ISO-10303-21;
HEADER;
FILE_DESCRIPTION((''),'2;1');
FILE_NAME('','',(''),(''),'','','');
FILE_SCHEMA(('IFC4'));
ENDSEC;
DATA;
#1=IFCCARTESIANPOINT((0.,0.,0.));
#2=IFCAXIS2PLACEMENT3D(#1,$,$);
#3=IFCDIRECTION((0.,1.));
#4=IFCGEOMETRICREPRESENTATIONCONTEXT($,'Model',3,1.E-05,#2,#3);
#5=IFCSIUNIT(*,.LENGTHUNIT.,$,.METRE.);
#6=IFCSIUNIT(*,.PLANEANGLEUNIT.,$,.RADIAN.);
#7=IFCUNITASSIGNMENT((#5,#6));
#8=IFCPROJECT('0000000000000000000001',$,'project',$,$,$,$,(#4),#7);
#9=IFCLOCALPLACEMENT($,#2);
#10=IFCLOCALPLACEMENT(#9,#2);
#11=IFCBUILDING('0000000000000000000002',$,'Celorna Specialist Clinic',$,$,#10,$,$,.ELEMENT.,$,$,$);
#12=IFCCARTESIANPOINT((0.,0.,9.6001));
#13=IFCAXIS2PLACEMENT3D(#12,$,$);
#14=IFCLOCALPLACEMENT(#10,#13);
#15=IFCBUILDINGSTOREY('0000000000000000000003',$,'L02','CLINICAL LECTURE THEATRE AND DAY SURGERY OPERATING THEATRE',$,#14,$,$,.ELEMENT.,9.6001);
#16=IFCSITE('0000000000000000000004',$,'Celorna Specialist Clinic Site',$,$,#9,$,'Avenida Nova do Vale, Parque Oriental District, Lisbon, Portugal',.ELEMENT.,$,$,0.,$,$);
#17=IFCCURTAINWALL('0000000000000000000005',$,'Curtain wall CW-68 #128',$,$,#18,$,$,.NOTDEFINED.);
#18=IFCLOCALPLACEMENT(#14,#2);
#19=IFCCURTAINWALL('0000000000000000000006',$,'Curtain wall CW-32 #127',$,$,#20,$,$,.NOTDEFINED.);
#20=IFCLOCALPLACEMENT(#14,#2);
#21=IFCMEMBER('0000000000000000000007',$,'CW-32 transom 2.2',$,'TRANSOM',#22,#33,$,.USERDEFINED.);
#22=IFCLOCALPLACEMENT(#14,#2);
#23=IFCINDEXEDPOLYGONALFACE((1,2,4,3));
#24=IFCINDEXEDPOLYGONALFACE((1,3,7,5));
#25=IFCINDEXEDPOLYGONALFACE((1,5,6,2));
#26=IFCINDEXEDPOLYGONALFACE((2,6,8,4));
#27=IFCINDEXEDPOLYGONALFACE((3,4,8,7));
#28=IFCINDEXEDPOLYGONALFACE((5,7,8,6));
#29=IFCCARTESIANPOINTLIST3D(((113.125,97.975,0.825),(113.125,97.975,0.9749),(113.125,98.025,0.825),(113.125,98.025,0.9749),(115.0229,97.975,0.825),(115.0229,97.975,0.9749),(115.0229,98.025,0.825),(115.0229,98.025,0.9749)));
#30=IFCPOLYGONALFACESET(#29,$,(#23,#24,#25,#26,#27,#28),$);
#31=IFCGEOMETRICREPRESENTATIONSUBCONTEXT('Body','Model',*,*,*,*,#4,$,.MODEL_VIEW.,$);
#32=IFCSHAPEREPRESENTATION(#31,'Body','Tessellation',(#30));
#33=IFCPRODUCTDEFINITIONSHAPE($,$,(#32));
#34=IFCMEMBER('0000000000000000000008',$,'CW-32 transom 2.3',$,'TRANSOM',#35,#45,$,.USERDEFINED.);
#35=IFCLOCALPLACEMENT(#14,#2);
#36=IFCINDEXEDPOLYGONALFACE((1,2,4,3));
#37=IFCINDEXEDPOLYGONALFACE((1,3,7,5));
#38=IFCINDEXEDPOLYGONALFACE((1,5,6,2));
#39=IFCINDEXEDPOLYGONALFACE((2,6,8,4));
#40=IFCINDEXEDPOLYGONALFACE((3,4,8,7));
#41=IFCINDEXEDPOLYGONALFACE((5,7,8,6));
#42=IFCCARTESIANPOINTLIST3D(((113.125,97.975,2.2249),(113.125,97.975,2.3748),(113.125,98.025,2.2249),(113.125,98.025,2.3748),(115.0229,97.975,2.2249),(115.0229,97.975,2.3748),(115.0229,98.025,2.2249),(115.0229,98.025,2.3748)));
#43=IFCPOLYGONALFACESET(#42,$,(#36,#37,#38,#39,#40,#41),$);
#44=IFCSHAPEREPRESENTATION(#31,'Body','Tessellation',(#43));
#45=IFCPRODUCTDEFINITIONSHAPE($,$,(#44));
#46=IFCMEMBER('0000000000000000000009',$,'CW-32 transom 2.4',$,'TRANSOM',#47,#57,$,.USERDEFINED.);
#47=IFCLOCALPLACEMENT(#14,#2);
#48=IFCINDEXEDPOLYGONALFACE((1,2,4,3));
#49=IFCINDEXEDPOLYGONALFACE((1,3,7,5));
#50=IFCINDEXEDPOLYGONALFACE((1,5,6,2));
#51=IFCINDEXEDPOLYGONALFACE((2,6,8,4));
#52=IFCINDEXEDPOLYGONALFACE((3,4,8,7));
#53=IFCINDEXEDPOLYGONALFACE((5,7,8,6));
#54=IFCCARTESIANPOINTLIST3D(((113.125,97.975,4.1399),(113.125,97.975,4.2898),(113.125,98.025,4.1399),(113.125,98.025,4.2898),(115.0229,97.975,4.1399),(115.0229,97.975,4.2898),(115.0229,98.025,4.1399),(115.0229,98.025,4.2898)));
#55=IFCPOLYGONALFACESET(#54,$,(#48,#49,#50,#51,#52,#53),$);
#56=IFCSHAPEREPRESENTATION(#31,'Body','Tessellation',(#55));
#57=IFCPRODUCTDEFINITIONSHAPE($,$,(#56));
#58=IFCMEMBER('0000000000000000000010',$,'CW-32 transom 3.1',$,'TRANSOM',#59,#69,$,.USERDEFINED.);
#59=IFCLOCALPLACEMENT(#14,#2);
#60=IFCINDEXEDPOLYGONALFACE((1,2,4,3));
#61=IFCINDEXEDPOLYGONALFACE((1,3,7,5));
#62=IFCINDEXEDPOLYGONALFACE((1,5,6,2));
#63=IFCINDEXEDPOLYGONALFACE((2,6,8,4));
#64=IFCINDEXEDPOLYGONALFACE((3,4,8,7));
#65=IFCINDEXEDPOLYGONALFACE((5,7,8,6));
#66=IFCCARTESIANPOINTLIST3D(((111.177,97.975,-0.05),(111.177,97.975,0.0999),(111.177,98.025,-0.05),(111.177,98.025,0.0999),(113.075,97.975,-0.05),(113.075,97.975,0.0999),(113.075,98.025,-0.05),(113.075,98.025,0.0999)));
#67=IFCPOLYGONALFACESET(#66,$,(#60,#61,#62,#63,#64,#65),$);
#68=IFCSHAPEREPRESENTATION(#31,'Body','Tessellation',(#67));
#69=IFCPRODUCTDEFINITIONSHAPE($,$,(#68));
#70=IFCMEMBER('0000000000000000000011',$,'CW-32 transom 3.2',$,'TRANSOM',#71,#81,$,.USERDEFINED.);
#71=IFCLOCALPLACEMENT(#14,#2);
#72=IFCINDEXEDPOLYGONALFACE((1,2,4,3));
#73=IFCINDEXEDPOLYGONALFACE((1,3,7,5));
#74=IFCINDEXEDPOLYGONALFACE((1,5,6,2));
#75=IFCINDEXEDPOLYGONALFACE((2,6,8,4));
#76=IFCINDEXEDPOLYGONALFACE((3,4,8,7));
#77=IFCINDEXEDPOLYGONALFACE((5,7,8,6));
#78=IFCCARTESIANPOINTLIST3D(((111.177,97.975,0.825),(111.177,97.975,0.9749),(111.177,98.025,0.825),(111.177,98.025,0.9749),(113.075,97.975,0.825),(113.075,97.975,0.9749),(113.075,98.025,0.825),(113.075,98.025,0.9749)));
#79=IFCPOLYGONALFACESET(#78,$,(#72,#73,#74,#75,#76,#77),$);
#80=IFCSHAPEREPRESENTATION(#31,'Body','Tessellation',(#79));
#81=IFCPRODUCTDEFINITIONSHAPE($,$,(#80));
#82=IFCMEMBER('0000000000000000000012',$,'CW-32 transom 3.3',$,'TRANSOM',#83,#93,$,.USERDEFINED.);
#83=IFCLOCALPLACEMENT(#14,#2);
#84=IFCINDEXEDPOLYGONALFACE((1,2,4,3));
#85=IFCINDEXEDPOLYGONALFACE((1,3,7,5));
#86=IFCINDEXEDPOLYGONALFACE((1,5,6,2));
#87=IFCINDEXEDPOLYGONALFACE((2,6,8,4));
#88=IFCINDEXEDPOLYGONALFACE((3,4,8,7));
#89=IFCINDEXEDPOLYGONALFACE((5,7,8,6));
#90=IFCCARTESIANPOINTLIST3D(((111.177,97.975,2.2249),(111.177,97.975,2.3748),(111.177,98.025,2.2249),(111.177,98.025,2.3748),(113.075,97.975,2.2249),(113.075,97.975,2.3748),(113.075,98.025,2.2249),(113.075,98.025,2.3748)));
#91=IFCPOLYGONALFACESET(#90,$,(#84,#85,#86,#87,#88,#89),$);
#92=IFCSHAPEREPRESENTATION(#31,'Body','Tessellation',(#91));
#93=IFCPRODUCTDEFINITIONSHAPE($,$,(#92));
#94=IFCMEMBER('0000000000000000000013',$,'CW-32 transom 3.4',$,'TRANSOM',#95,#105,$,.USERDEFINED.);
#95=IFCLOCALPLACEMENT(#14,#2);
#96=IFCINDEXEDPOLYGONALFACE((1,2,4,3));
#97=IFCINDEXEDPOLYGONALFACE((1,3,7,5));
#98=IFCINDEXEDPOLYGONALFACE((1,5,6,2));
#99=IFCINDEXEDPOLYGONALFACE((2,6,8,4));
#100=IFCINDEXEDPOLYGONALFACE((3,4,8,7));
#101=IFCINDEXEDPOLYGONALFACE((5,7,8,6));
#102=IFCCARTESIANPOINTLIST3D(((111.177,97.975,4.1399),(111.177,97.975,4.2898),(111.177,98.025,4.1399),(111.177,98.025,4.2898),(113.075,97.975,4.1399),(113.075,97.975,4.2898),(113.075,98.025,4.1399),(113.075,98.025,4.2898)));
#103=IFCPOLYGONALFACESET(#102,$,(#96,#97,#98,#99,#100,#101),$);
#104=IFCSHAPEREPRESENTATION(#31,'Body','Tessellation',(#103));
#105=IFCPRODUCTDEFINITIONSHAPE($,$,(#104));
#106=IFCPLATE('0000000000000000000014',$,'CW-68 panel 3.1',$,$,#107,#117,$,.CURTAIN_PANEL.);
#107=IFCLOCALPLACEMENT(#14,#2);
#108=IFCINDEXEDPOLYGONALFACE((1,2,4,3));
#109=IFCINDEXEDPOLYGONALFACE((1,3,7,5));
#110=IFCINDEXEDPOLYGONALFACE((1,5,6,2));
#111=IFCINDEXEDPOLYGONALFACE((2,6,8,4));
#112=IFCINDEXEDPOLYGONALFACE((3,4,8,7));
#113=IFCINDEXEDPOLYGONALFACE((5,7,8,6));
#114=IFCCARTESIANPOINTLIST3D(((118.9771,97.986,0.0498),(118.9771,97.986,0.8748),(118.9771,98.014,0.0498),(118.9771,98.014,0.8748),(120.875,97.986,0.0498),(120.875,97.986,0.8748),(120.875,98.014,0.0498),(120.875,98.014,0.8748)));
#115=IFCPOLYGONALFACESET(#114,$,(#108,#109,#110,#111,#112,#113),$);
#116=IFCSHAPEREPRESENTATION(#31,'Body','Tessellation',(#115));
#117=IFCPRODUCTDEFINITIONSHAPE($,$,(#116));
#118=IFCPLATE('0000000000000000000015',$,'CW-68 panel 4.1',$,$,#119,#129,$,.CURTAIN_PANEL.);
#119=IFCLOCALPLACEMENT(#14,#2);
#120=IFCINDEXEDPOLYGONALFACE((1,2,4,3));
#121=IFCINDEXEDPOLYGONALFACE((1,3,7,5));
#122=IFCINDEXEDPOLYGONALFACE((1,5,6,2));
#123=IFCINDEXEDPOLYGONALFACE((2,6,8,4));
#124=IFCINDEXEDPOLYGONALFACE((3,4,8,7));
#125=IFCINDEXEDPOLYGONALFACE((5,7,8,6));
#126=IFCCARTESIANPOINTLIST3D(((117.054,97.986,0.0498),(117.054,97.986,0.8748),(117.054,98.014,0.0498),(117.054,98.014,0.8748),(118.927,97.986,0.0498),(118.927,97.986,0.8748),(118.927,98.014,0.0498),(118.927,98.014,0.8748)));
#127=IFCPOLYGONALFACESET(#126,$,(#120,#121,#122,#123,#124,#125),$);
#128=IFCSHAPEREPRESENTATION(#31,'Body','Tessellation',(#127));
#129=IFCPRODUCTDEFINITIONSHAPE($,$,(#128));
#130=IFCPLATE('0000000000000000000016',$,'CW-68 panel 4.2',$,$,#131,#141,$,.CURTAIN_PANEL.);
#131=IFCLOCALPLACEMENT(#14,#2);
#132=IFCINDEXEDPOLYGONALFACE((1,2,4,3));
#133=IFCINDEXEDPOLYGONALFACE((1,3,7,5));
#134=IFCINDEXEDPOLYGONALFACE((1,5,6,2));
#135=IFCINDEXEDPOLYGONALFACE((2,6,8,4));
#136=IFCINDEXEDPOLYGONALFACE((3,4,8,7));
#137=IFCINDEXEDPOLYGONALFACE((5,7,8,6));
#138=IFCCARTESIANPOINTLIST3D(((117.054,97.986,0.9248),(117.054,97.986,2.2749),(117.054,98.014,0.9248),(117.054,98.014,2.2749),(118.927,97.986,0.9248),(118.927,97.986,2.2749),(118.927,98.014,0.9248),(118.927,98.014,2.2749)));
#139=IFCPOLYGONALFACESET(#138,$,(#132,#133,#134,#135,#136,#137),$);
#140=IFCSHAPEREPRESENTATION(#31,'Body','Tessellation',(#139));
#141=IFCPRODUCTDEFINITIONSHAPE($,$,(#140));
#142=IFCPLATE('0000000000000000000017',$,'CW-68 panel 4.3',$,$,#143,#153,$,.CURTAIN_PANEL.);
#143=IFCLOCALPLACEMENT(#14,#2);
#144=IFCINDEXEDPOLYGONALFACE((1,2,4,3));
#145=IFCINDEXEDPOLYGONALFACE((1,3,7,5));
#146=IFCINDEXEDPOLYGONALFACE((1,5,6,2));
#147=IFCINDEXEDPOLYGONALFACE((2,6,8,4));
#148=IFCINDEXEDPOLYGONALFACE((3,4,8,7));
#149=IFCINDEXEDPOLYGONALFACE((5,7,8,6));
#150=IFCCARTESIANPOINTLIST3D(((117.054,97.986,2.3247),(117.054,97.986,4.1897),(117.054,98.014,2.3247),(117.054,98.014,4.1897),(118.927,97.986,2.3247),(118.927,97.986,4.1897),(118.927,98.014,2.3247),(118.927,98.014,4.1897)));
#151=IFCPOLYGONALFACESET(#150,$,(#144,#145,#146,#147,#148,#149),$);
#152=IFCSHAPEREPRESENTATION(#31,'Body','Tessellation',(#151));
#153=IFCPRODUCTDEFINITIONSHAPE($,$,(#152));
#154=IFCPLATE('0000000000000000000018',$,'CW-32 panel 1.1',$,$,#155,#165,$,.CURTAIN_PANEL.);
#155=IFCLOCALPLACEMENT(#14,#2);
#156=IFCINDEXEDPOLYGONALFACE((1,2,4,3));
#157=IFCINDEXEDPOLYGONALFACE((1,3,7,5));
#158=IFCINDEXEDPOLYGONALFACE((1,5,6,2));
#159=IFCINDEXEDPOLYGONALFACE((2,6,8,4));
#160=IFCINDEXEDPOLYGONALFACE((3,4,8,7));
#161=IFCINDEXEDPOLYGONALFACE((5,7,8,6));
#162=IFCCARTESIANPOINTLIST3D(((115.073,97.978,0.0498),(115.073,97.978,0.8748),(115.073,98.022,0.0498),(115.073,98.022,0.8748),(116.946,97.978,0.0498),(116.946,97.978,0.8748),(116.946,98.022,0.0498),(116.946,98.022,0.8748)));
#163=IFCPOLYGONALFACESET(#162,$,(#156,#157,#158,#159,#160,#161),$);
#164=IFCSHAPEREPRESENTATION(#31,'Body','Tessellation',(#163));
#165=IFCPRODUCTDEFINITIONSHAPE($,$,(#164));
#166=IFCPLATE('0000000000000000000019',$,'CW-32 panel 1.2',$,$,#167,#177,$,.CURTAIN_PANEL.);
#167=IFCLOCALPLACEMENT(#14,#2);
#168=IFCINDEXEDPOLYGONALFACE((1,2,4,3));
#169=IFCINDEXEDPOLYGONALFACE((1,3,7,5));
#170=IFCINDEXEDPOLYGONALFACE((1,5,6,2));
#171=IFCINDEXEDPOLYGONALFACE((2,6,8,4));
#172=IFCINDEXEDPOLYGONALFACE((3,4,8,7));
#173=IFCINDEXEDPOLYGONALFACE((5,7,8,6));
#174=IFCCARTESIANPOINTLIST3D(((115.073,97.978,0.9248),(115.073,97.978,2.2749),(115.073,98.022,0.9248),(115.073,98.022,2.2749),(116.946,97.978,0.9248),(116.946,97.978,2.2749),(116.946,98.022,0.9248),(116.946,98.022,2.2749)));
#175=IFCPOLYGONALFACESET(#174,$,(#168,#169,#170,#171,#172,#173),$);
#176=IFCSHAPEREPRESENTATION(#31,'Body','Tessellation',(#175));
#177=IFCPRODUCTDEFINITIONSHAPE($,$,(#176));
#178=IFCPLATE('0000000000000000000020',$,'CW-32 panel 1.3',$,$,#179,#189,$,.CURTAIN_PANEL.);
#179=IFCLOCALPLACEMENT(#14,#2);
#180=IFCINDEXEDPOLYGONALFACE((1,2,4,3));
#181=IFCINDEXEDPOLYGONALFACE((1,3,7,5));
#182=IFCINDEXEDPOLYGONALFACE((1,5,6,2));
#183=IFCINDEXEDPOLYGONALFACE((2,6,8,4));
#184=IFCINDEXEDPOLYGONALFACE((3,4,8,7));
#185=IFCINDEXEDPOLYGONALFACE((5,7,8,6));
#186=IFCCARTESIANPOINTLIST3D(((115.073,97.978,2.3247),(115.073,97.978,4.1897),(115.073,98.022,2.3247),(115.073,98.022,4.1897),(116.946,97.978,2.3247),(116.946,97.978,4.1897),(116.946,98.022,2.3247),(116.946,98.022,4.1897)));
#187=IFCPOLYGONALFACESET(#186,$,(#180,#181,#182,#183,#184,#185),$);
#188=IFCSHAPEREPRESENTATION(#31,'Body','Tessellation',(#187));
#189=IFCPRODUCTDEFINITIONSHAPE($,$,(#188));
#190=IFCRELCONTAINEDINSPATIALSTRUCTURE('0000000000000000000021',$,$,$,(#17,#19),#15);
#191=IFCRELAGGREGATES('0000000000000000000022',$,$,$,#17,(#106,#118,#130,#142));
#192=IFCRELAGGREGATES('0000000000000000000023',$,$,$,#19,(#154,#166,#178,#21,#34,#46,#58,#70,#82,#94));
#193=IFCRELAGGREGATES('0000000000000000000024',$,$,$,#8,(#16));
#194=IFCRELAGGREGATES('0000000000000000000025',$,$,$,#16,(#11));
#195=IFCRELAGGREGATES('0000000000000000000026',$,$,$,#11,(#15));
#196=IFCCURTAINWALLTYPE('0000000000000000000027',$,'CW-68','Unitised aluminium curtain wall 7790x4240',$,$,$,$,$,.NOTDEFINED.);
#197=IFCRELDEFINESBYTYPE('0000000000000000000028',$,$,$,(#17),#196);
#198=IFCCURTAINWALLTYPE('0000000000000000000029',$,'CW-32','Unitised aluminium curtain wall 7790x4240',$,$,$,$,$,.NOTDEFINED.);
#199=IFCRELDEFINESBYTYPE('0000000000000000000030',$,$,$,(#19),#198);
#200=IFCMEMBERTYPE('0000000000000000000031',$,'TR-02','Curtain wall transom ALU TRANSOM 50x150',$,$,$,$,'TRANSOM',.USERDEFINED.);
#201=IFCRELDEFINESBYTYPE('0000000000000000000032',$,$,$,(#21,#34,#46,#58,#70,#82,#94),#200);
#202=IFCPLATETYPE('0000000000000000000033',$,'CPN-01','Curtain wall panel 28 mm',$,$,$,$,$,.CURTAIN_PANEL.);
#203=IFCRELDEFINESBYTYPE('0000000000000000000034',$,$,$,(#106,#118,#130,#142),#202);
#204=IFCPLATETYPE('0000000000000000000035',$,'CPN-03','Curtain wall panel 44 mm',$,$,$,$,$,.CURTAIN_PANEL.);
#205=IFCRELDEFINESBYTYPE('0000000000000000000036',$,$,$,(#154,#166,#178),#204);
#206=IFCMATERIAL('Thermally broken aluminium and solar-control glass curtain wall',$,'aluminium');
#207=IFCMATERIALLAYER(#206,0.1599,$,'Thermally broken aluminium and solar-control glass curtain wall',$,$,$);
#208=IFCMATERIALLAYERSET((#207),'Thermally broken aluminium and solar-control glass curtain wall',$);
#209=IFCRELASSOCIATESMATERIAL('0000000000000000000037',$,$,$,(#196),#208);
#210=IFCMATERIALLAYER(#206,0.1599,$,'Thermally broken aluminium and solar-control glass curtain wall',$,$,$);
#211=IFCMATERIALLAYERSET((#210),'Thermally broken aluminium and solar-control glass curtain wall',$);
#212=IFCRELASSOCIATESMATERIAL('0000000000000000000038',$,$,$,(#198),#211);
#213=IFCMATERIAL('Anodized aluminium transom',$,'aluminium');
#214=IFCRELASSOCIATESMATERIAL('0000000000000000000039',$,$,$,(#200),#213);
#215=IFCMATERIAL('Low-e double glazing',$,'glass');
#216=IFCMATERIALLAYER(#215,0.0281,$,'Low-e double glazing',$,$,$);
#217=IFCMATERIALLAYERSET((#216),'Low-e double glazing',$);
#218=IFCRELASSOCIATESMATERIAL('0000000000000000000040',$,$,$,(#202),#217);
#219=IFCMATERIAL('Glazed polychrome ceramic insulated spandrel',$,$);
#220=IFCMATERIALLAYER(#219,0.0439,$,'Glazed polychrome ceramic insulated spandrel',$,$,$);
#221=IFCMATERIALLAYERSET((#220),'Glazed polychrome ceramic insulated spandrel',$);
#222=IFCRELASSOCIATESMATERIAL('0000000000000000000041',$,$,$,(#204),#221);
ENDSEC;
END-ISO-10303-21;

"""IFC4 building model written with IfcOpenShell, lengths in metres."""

from ifc_helpers import new_model, si_unit, direction, frame, origin, origin_2d, place, context, subcontext, project, spatial, rectangle, extrude, material, layer, layer_set, material_profile, profile_set, type_object, element, aggregate, save


model = new_model("IFC4")

# Units and contexts
model_context = context("Model", 3, precision=1e-05, world=origin(), true_north=direction((0.0, 1.0)))
body_context = subcontext(model_context, "Body", "Model", "MODEL_VIEW")
ifc_project = project(units=[si_unit("LENGTHUNIT", "METRE"), si_unit("PLANEANGLEUNIT", "RADIAN")], contexts=[model_context])

# Site, building, storey
site_placement = place(None, origin())
site = spatial("IfcSite", under=ifc_project, at=site_placement, Name="Celorna Specialist Clinic Site", LongName="Avenida Nova do Vale, Parque Oriental District, Lisbon, Portugal", CompositionType="ELEMENT", RefElevation=0.0)
building_placement = place(site_placement, origin())
building = spatial("IfcBuilding", under=site, at=building_placement, Name="Celorna Specialist Clinic", CompositionType="ELEMENT")
storey_placement = place(building_placement, frame((0.0, 0.0, 9.6001)))
storey = spatial("IfcBuildingStorey", under=building, at=storey_placement, Name="L02", Description="CLINICAL LECTURE THEATRE AND DAY SURGERY OPERATING THEATRE", CompositionType="ELEMENT", Elevation=9.6001)

# Curtain walls
ifc_material_1 = material(Name="Thermally broken aluminium and solar-control glass curtain wall", Category="aluminium")
ifc_layer_1 = layer(ifc_material_1, 0.1599, Name="Thermally broken aluminium and solar-control glass curtain wall")
ifc_layer_set_1 = layer_set([ifc_layer_1], Name="Thermally broken aluminium and solar-control glass curtain wall")
curtain_wall_type_1 = type_object("IfcCurtainWallType", Name="CW-68", Description="Unitised aluminium curtain wall 7790x4240", PredefinedType="NOTDEFINED", material=ifc_layer_set_1)
curtain_wall_1_placement = place(storey_placement, origin())
curtain_wall_1 = element("IfcCurtainWall", 1, at=curtain_wall_1_placement, inside=storey, type_object=curtain_wall_type_1, Name="Curtain wall CW-68 #128", PredefinedType="NOTDEFINED")
ifc_layer_2 = layer(ifc_material_1, 0.1599, Name="Thermally broken aluminium and solar-control glass curtain wall")
ifc_layer_set_2 = layer_set([ifc_layer_2], Name="Thermally broken aluminium and solar-control glass curtain wall")
curtain_wall_type_2 = type_object("IfcCurtainWallType", Name="CW-32", Description="Unitised aluminium curtain wall 7790x4240", PredefinedType="NOTDEFINED", material=ifc_layer_set_2)
curtain_wall_2_placement = place(storey_placement, origin())
curtain_wall_2 = element("IfcCurtainWall", 2, at=curtain_wall_2_placement, inside=storey, type_object=curtain_wall_type_2, Name="Curtain wall CW-32 #127", PredefinedType="NOTDEFINED")

# Members
ifc_material_2 = material(Name="Anodized aluminium transom", Category="aluminium")
ifc_material_profile_1 = material_profile(ifc_material_2, rectangle(XDim=0.05, YDim=0.1499, at=origin_2d()), Name="ALU TRANSOM 50x150")
ifc_profile_set_1 = profile_set([ifc_material_profile_1], Name="Anodized aluminium transom")
member_type_1 = type_object("IfcMemberType", Name="TR-02", Description="Curtain wall transom ALU TRANSOM 50x150", ElementType="TRANSOM", PredefinedType="USERDEFINED", material=ifc_profile_set_1)
member_1_placement = place(storey_placement, frame((115.0229, 98.0, 0.8999), z_axis=(-1.0, 0.0, 0.0), x_axis=(0.0, -1.0, 0.0)))
member_1 = element("IfcMember", 3, at=member_1_placement, type_object=member_type_1, Name="CW-32 transom 2.2", ObjectType="TRANSOM", PredefinedType="USERDEFINED", context=body_context, shape_type="SweptSolid", body=[
    extrude(rectangle(XDim=0.05, YDim=0.1499, at=origin_2d()), origin(), (0.0, 0.0, 1.0), 1.8979),
])
member_2_placement = place(storey_placement, frame((115.0229, 98.0, 2.2998), z_axis=(-1.0, 0.0, 0.0), x_axis=(0.0, -1.0, 0.0)))
member_2 = element("IfcMember", 4, at=member_2_placement, type_object=member_type_1, Name="CW-32 transom 2.3", ObjectType="TRANSOM", PredefinedType="USERDEFINED", context=body_context, shape_type="SweptSolid", body=[
    extrude(rectangle(XDim=0.05, YDim=0.1499, at=origin_2d()), origin(), (0.0, 0.0, 1.0), 1.8979),
])
member_3_placement = place(storey_placement, frame((115.0229, 98.0, 4.2148), z_axis=(-1.0, 0.0, 0.0), x_axis=(0.0, -1.0, 0.0)))
member_3 = element("IfcMember", 5, at=member_3_placement, type_object=member_type_1, Name="CW-32 transom 2.4", ObjectType="TRANSOM", PredefinedType="USERDEFINED", context=body_context, shape_type="SweptSolid", body=[
    extrude(rectangle(XDim=0.05, YDim=0.1499, at=origin_2d()), origin(), (0.0, 0.0, 1.0), 1.8979),
])
member_4_placement = place(storey_placement, frame((113.075, 98.0, 0.0249), z_axis=(-1.0, 0.0, 0.0), x_axis=(0.0, -1.0, 0.0)))
member_4 = element("IfcMember", 6, at=member_4_placement, type_object=member_type_1, Name="CW-32 transom 3.1", ObjectType="TRANSOM", PredefinedType="USERDEFINED", context=body_context, shape_type="SweptSolid", body=[
    extrude(rectangle(XDim=0.05, YDim=0.1499, at=origin_2d()), origin(), (0.0, 0.0, 1.0), 1.8979),
])
member_5_placement = place(storey_placement, frame((113.075, 98.0, 0.8999), z_axis=(-1.0, 0.0, 0.0), x_axis=(0.0, -1.0, 0.0)))
member_5 = element("IfcMember", 7, at=member_5_placement, type_object=member_type_1, Name="CW-32 transom 3.2", ObjectType="TRANSOM", PredefinedType="USERDEFINED", context=body_context, shape_type="SweptSolid", body=[
    extrude(rectangle(XDim=0.05, YDim=0.1499, at=origin_2d()), origin(), (0.0, 0.0, 1.0), 1.8979),
])
member_6_placement = place(storey_placement, frame((113.075, 98.0, 2.2998), z_axis=(-1.0, 0.0, 0.0), x_axis=(0.0, -1.0, 0.0)))
member_6 = element("IfcMember", 8, at=member_6_placement, type_object=member_type_1, Name="CW-32 transom 3.3", ObjectType="TRANSOM", PredefinedType="USERDEFINED", context=body_context, shape_type="SweptSolid", body=[
    extrude(rectangle(XDim=0.05, YDim=0.1499, at=origin_2d()), origin(), (0.0, 0.0, 1.0), 1.8979),
])
member_7_placement = place(storey_placement, frame((113.075, 98.0, 4.2148), z_axis=(-1.0, 0.0, 0.0), x_axis=(0.0, -1.0, 0.0)))
member_7 = element("IfcMember", 9, at=member_7_placement, type_object=member_type_1, Name="CW-32 transom 3.4", ObjectType="TRANSOM", PredefinedType="USERDEFINED", context=body_context, shape_type="SweptSolid", body=[
    extrude(rectangle(XDim=0.05, YDim=0.1499, at=origin_2d()), origin(), (0.0, 0.0, 1.0), 1.8979),
])

# Plates
ifc_material_3 = material(Name="Low-e double glazing", Category="glass")
ifc_layer_3 = layer(ifc_material_3, 0.0281, Name="Low-e double glazing")
ifc_layer_set_3 = layer_set([ifc_layer_3], Name="Low-e double glazing")
plate_type_1 = type_object("IfcPlateType", Name="CPN-01", Description="Curtain wall panel 28 mm", PredefinedType="CURTAIN_PANEL", material=ifc_layer_set_3)
plate_1_placement = place(storey_placement, frame((119.926, 98.0, 0.0498), z_axis=(0.0, 0.0, 1.0), x_axis=(-1.0, 0.0, 0.0)))
plate_1 = element("IfcPlate", 10, at=plate_1_placement, type_object=plate_type_1, Name="CW-68 panel 3.1", PredefinedType="CURTAIN_PANEL", context=body_context, shape_type="SweptSolid", body=[
    extrude(rectangle(XDim=1.8979, YDim=0.0281, at=origin_2d()), origin(), (0.0, 0.0, 1.0), 0.825),
])
plate_2_placement = place(storey_placement, frame((117.9905, 98.0, 0.0498), z_axis=(0.0, 0.0, 1.0), x_axis=(-1.0, 0.0, 0.0)))
plate_2 = element("IfcPlate", 11, at=plate_2_placement, type_object=plate_type_1, Name="CW-68 panel 4.1", PredefinedType="CURTAIN_PANEL", context=body_context, shape_type="SweptSolid", body=[
    extrude(rectangle(XDim=1.873, YDim=0.0281, at=origin_2d()), origin(), (0.0, 0.0, 1.0), 0.825),
])
plate_3_placement = place(storey_placement, frame((117.9905, 98.0, 0.9248), z_axis=(0.0, 0.0, 1.0), x_axis=(-1.0, 0.0, 0.0)))
plate_3 = element("IfcPlate", 12, at=plate_3_placement, type_object=plate_type_1, Name="CW-68 panel 4.2", PredefinedType="CURTAIN_PANEL", context=body_context, shape_type="SweptSolid", body=[
    extrude(rectangle(XDim=1.873, YDim=0.0281, at=origin_2d()), origin(), (0.0, 0.0, 1.0), 1.3501),
])
plate_4_placement = place(storey_placement, frame((117.9905, 98.0, 2.3247), z_axis=(0.0, 0.0, 1.0), x_axis=(-1.0, 0.0, 0.0)))
plate_4 = element("IfcPlate", 13, at=plate_4_placement, type_object=plate_type_1, Name="CW-68 panel 4.3", PredefinedType="CURTAIN_PANEL", context=body_context, shape_type="SweptSolid", body=[
    extrude(rectangle(XDim=1.873, YDim=0.0281, at=origin_2d()), origin(), (0.0, 0.0, 1.0), 1.865),
])
aggregate(curtain_wall_1, [plate_1, plate_2, plate_3, plate_4])
ifc_material_4 = material(Name="Glazed polychrome ceramic insulated spandrel")
ifc_layer_4 = layer(ifc_material_4, 0.0439, Name="Glazed polychrome ceramic insulated spandrel")
ifc_layer_set_4 = layer_set([ifc_layer_4], Name="Glazed polychrome ceramic insulated spandrel")
plate_type_2 = type_object("IfcPlateType", Name="CPN-03", Description="Curtain wall panel 44 mm", PredefinedType="CURTAIN_PANEL", material=ifc_layer_set_4)
plate_5_placement = place(storey_placement, frame((116.0095, 98.0, 0.0498), z_axis=(0.0, 0.0, 1.0), x_axis=(-1.0, 0.0, 0.0)))
plate_5 = element("IfcPlate", 14, at=plate_5_placement, type_object=plate_type_2, Name="CW-32 panel 1.1", PredefinedType="CURTAIN_PANEL", context=body_context, shape_type="SweptSolid", body=[
    extrude(rectangle(XDim=1.873, YDim=0.0439, at=origin_2d()), origin(), (0.0, 0.0, 1.0), 0.825),
])
plate_6_placement = place(storey_placement, frame((116.0095, 98.0, 0.9248), z_axis=(0.0, 0.0, 1.0), x_axis=(-1.0, 0.0, 0.0)))
plate_6 = element("IfcPlate", 15, at=plate_6_placement, type_object=plate_type_2, Name="CW-32 panel 1.2", PredefinedType="CURTAIN_PANEL", context=body_context, shape_type="SweptSolid", body=[
    extrude(rectangle(XDim=1.873, YDim=0.0439, at=origin_2d()), origin(), (0.0, 0.0, 1.0), 1.3501),
])
plate_7_placement = place(storey_placement, frame((116.0095, 98.0, 2.3247), z_axis=(0.0, 0.0, 1.0), x_axis=(-1.0, 0.0, 0.0)))
plate_7 = element("IfcPlate", 16, at=plate_7_placement, type_object=plate_type_2, Name="CW-32 panel 1.3", PredefinedType="CURTAIN_PANEL", context=body_context, shape_type="SweptSolid", body=[
    extrude(rectangle(XDim=1.873, YDim=0.0439, at=origin_2d()), origin(), (0.0, 0.0, 1.0), 1.865),
])
aggregate(curtain_wall_2, [plate_5, plate_6, plate_7, member_1, member_2, member_3, member_4, member_5, member_6, member_7])

save(model, "model.ifc")
